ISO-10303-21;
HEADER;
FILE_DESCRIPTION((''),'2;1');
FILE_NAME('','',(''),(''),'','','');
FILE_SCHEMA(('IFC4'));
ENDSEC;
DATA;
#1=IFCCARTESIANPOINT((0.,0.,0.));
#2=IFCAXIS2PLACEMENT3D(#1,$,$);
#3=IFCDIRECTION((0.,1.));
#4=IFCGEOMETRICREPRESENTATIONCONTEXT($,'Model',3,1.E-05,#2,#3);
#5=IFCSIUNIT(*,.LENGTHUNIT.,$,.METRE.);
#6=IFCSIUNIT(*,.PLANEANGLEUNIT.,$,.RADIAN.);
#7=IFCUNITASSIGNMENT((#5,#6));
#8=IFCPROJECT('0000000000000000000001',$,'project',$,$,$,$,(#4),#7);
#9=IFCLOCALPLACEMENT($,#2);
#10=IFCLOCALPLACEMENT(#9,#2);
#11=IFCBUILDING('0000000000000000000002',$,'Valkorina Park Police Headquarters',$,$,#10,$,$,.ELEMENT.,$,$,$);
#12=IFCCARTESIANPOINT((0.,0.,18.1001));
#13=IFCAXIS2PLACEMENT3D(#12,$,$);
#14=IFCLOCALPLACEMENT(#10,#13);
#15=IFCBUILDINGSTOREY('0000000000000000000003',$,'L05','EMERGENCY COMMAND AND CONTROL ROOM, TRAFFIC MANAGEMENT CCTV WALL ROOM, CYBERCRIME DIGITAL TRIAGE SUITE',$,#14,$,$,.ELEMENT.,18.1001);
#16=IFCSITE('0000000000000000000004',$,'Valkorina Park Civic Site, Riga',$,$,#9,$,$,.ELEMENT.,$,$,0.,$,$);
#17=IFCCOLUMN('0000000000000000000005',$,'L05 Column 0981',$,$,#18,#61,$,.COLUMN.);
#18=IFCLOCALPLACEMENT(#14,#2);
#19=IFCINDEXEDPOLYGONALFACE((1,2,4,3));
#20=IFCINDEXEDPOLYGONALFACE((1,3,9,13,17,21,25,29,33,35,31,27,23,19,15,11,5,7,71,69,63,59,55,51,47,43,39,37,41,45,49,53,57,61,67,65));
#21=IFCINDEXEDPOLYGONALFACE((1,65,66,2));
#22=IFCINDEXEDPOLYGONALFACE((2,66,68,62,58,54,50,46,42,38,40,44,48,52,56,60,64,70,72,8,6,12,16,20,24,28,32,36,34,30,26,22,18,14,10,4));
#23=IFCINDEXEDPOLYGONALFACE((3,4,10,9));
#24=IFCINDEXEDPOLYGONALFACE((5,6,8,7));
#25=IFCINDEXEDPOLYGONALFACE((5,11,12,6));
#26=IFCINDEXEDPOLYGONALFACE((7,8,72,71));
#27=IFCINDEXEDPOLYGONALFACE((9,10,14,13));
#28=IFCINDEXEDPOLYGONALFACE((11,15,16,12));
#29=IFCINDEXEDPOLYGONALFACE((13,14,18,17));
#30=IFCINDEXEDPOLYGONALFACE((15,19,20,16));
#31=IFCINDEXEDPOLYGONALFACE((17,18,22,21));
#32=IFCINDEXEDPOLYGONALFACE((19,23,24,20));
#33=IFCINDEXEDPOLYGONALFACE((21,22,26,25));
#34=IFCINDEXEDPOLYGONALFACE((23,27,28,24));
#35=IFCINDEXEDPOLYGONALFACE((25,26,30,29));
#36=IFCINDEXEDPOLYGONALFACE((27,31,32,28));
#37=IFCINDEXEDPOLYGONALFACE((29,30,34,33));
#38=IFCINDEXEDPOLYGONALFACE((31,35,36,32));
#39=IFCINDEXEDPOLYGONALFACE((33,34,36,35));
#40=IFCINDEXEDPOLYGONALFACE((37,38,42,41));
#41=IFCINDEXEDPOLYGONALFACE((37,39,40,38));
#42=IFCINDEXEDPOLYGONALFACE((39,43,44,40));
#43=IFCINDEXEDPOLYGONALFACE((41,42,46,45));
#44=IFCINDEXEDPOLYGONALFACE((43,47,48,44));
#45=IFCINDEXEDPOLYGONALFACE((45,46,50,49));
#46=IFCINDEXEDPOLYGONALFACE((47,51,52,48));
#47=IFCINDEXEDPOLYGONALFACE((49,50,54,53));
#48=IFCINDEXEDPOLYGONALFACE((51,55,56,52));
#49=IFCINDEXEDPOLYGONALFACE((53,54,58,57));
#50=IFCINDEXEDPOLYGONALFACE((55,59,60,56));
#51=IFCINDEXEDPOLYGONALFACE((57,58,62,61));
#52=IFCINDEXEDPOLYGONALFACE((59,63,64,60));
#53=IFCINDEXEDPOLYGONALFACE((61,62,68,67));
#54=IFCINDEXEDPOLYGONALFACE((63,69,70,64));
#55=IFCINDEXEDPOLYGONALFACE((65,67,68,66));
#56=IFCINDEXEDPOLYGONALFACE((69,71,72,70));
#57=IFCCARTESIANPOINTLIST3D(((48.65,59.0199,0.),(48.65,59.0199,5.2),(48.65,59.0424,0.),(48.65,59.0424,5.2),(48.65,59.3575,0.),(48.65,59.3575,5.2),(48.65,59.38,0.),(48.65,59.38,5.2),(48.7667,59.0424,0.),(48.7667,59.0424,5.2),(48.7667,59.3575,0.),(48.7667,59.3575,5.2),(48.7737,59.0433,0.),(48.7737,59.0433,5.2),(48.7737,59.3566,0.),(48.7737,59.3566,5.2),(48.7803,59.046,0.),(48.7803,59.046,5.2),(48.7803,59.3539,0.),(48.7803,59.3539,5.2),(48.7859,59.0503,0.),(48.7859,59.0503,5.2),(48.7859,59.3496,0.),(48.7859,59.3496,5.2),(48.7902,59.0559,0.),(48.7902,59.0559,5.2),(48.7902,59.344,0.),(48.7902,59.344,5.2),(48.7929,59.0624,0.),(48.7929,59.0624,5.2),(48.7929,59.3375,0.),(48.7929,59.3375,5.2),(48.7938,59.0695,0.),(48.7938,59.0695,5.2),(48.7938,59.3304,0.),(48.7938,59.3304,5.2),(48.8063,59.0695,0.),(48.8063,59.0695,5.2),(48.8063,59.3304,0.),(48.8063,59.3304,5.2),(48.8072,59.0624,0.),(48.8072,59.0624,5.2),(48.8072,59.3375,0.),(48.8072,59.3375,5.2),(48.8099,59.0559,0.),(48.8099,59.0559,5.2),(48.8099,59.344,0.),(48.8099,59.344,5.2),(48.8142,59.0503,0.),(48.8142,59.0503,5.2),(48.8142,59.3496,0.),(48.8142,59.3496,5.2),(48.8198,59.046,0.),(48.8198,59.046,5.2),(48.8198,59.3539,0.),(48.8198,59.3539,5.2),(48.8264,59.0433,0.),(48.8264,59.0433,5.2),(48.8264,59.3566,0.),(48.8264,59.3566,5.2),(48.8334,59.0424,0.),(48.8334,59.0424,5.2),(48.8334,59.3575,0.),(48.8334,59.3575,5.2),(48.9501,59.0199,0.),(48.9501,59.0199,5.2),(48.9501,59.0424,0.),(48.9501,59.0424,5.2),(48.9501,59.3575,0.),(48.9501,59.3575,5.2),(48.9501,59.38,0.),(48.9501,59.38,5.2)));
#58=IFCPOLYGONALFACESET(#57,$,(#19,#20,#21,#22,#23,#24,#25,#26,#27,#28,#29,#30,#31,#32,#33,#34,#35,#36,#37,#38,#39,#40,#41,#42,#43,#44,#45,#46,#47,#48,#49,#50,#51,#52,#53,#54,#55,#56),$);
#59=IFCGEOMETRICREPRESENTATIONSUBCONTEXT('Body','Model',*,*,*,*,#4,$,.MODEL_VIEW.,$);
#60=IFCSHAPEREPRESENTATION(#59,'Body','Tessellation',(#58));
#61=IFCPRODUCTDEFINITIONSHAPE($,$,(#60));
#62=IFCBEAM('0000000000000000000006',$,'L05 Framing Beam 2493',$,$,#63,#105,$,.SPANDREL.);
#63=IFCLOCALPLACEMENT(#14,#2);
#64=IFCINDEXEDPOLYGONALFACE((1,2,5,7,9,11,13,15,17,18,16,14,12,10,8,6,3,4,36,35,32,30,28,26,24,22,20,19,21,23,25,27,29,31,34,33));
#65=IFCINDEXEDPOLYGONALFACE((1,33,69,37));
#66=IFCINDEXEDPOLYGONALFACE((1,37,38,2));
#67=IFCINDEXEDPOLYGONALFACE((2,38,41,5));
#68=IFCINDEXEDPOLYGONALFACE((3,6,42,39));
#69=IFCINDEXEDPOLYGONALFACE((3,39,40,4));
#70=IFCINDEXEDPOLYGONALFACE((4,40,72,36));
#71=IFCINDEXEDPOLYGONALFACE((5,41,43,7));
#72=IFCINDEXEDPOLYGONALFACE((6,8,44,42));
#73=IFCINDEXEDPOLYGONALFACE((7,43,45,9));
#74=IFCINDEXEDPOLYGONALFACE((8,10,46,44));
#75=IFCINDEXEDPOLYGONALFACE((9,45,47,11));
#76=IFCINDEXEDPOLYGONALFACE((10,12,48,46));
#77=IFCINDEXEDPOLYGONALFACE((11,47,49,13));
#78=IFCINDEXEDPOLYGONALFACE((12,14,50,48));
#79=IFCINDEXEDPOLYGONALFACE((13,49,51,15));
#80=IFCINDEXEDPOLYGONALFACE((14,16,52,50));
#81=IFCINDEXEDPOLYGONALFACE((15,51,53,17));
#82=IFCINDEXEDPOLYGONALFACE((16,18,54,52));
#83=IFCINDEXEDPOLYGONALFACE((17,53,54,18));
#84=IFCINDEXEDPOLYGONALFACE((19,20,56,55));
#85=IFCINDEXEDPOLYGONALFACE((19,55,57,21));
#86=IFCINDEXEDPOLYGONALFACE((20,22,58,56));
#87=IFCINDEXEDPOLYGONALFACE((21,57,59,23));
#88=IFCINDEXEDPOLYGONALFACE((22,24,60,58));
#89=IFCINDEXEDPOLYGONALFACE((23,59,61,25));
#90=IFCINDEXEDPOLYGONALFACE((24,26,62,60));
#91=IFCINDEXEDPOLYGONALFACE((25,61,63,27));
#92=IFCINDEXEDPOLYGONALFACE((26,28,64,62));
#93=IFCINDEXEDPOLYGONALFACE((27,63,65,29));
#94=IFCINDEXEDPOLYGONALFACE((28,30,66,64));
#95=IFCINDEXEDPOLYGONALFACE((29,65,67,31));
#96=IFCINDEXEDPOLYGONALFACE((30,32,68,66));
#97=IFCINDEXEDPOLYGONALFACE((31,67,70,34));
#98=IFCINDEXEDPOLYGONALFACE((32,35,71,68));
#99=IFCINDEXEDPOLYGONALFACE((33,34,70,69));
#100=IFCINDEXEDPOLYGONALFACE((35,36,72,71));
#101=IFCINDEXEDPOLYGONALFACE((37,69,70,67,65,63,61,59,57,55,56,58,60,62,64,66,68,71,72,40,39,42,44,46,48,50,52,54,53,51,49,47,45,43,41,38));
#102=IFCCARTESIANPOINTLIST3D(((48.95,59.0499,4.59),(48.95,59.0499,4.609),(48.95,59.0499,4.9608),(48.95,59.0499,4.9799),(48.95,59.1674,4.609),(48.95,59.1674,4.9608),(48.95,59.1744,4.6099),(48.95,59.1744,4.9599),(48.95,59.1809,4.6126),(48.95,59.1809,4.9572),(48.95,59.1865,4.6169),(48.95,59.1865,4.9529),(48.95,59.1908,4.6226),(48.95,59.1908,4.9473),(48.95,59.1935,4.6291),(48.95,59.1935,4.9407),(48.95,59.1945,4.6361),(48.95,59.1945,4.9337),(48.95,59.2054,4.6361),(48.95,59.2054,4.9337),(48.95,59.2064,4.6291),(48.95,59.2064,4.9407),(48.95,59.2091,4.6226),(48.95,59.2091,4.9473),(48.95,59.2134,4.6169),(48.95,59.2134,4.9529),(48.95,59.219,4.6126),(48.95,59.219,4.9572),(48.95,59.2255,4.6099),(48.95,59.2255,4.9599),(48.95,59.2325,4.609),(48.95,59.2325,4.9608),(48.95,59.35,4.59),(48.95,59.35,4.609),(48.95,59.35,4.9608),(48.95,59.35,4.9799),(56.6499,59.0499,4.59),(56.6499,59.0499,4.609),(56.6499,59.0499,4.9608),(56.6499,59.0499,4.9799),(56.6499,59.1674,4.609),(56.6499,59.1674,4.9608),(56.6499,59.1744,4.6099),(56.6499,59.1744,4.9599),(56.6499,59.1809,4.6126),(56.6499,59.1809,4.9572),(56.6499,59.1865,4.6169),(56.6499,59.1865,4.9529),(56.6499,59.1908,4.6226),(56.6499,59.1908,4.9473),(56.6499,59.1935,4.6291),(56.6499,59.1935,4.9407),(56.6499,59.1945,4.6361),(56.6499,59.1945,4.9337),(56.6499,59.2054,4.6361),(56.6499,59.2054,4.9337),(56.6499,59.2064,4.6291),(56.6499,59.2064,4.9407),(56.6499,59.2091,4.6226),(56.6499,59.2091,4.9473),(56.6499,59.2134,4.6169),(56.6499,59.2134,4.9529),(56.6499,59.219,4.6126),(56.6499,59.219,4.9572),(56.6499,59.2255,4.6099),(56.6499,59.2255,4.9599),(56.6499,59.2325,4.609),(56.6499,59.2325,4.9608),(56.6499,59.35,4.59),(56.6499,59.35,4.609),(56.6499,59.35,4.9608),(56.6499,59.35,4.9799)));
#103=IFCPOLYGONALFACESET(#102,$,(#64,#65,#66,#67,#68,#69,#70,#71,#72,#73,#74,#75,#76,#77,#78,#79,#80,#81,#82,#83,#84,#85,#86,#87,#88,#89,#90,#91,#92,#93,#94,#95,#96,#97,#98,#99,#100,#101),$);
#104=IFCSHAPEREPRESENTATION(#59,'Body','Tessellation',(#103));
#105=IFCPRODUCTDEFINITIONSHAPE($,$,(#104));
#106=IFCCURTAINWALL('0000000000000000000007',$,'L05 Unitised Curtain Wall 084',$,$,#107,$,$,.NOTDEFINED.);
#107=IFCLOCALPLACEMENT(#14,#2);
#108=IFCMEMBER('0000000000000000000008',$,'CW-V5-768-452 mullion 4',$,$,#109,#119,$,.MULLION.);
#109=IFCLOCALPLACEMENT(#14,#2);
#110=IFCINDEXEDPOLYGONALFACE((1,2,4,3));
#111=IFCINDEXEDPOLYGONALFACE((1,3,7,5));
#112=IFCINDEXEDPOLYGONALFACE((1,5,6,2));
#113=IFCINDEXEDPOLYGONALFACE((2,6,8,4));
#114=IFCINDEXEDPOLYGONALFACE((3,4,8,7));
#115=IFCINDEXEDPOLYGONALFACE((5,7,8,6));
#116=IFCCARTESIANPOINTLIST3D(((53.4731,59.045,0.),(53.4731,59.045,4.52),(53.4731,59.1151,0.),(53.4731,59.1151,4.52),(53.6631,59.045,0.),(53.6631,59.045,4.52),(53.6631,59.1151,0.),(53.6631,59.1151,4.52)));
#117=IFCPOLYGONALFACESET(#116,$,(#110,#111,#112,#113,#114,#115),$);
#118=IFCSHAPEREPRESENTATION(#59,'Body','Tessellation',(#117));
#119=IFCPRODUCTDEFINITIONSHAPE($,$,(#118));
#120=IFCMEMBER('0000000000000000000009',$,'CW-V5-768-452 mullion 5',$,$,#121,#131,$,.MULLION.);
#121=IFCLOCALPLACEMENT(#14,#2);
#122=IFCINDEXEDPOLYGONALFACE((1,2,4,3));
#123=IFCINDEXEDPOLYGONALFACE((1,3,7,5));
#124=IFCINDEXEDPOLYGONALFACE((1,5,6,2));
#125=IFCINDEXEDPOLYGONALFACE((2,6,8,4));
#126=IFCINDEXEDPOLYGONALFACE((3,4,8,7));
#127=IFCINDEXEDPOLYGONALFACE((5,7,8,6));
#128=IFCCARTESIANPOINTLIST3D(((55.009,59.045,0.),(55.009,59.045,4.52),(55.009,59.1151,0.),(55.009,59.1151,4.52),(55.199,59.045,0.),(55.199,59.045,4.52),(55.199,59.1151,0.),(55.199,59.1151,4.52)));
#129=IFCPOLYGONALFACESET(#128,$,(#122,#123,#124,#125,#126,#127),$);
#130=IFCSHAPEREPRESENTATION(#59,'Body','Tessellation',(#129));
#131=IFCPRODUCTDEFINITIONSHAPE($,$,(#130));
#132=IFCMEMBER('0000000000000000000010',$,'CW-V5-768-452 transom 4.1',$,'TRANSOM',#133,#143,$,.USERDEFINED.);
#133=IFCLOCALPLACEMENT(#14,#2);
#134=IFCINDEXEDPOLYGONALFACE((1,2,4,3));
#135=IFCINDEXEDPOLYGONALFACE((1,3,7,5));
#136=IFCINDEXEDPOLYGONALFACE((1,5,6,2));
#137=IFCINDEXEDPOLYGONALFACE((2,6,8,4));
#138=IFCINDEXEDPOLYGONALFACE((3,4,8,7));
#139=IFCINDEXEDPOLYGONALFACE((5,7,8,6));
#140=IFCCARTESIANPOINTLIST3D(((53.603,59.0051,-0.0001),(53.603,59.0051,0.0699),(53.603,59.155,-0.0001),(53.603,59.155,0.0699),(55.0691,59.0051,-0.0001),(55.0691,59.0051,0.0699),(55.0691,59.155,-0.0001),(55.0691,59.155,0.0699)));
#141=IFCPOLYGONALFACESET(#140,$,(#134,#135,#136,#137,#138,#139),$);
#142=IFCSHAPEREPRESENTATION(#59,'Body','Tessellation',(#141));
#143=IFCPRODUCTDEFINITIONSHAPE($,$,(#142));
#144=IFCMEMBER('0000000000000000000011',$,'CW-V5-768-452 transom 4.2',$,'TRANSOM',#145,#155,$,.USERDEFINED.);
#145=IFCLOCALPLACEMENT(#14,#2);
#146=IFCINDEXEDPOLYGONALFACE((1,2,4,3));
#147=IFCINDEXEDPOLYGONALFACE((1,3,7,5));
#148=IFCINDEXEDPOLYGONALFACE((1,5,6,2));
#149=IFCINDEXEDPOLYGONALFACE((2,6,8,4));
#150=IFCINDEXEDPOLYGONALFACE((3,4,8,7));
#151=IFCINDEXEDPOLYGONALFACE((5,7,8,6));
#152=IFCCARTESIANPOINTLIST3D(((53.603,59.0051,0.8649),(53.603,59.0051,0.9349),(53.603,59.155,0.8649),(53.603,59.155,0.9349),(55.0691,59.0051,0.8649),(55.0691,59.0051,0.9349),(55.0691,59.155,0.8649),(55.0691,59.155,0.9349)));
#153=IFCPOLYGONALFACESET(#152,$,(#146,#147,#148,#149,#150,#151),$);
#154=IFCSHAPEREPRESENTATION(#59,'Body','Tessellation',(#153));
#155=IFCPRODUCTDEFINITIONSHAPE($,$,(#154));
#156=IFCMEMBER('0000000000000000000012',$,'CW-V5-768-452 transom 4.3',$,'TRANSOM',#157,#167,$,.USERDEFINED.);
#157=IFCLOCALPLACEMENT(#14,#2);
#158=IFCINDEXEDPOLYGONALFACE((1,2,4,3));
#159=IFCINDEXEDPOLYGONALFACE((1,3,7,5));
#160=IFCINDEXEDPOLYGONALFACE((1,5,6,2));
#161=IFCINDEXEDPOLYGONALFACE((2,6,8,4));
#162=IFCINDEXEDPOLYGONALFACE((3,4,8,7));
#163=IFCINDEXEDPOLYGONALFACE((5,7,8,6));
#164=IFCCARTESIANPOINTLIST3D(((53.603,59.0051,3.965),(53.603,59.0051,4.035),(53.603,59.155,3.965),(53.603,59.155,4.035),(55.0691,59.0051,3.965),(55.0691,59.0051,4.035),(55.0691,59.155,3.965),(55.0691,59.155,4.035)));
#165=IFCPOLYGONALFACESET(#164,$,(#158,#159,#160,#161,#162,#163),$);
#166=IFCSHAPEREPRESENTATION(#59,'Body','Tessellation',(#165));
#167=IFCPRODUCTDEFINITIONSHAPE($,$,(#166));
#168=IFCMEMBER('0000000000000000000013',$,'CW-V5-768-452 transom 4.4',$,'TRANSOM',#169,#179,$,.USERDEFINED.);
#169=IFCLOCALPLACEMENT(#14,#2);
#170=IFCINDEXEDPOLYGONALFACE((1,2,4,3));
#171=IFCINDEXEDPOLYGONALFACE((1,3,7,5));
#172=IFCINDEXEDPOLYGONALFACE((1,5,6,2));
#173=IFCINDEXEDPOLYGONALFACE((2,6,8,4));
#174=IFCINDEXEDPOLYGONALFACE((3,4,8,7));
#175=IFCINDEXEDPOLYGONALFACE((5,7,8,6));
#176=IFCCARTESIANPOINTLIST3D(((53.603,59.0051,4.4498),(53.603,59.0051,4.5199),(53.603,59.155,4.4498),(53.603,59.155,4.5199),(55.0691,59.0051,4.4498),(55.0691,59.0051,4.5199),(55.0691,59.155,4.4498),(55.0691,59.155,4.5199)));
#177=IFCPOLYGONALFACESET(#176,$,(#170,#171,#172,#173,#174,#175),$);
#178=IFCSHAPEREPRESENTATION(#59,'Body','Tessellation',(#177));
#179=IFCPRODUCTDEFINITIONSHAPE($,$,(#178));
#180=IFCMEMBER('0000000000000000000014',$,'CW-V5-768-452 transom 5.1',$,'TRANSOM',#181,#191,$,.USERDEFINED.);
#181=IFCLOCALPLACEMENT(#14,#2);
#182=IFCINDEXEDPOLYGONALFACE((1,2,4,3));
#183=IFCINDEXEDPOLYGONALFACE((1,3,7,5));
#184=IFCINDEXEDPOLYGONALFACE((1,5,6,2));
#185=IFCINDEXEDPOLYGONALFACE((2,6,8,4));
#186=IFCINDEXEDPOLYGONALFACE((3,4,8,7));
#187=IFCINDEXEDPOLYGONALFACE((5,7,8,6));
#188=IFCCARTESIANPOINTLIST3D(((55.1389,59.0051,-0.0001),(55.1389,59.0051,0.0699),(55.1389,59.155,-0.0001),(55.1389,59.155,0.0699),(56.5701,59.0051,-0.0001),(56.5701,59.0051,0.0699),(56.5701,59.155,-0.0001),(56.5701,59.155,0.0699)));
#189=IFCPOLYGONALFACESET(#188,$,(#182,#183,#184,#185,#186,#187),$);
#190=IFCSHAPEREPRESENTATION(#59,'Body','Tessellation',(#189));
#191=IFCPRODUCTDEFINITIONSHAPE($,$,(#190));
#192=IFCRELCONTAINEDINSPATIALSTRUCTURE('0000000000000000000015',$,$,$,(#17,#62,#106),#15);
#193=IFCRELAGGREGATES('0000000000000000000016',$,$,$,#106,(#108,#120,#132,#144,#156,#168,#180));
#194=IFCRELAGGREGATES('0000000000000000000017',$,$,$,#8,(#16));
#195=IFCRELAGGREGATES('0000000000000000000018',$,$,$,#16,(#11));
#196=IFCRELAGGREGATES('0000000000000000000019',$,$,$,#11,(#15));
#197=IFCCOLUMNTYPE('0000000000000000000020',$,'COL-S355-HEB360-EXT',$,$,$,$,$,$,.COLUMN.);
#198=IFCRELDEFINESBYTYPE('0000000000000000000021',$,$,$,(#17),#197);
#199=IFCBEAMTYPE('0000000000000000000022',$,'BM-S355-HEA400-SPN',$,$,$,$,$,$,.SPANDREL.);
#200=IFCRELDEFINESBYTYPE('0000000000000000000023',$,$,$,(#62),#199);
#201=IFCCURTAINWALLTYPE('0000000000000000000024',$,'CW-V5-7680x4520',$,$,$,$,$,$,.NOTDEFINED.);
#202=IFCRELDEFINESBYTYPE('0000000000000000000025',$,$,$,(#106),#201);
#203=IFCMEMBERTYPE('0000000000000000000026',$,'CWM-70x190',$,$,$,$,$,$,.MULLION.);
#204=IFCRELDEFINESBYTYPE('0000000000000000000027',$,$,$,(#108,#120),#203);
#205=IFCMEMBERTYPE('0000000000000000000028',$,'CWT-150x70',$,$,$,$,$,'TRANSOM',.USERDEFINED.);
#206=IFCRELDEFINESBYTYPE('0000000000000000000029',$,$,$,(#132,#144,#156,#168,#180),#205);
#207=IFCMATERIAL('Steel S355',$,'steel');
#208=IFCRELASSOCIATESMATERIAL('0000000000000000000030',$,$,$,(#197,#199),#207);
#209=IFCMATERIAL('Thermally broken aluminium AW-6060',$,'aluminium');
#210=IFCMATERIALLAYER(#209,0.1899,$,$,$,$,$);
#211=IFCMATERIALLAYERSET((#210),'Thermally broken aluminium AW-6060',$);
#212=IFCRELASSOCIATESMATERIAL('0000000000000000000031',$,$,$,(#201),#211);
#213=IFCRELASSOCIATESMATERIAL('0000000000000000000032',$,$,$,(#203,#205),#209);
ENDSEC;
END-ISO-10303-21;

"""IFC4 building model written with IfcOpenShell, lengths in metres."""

from ifc_helpers import new_model, si_unit, direction, frame, origin, origin_2d, place, context, subcontext, project, spatial, rectangle, i_section, extrude, material, layer, layer_set, material_profile, profile_set, type_object, element, aggregate, save


model = new_model("IFC4")

# Units and contexts
model_context = context("Model", 3, precision=1e-05, world=origin(), true_north=direction((0.0, 1.0)))
body_context = subcontext(model_context, "Body", "Model", "MODEL_VIEW")
ifc_project = project(units=[si_unit("LENGTHUNIT", "METRE"), si_unit("PLANEANGLEUNIT", "RADIAN")], contexts=[model_context])

# Site, building, storey
site_placement = place(None, origin())
site = spatial("IfcSite", under=ifc_project, at=site_placement, Name="Valkorina Park Civic Site, Riga", CompositionType="ELEMENT", RefElevation=0.0)
building_placement = place(site_placement, origin())
building = spatial("IfcBuilding", under=site, at=building_placement, Name="Valkorina Park Police Headquarters", CompositionType="ELEMENT")
storey_placement = place(building_placement, frame((0.0, 0.0, 18.1001)))
storey = spatial("IfcBuildingStorey", under=building, at=storey_placement, Name="L05", Description="EMERGENCY COMMAND AND CONTROL ROOM, TRAFFIC MANAGEMENT CCTV WALL ROOM, CYBERCRIME DIGITAL TRIAGE SUITE", CompositionType="ELEMENT", Elevation=18.1001)

# Column
ifc_material_1 = material(Name="Steel S355", Category="steel")
ifc_material_profile_1 = material_profile(ifc_material_1, i_section(OverallWidth=0.3, OverallDepth=0.3601, WebThickness=0.0125, FlangeThickness=0.0225, FilletRadius=0.0271, at=origin_2d()), Name="HEB 360")
ifc_profile_set_1 = profile_set([ifc_material_profile_1], Name="Steel S355")
column_type = type_object("IfcColumnType", Name="COL-S355-HEB360-EXT", PredefinedType="COLUMN", material=ifc_profile_set_1)
column_placement = place(storey_placement, frame((48.8, 59.2, 0.0), z_axis=(0.0, 0.0, 1.0), x_axis=(1.0, 0.0, 0.0)))
element("IfcColumn", 1, at=column_placement, inside=storey, type_object=column_type, Name="L05 Column 0981", PredefinedType="COLUMN", context=body_context, shape_type="SweptSolid", body=[
    extrude(i_section(OverallWidth=0.3, OverallDepth=0.3601, WebThickness=0.0125, FlangeThickness=0.0225, FilletRadius=0.0271, at=origin_2d()), origin(), (0.0, 0.0, 1.0), 5.2),
])

# Beam
ifc_material_profile_2 = material_profile(ifc_material_1, i_section(OverallWidth=0.3, OverallDepth=0.3899, WebThickness=0.011, FlangeThickness=0.019, FilletRadius=0.0271, at=origin_2d()), Name="HEA 400")
ifc_profile_set_2 = profile_set([ifc_material_profile_2], Name="Steel S355")
beam_type = type_object("IfcBeamType", Name="BM-S355-HEA400-SPN", PredefinedType="SPANDREL", material=ifc_profile_set_2)
beam_placement = place(storey_placement, frame((48.95, 59.2, 4.7849), z_axis=(1.0, 0.0, 0.0), x_axis=(0.0, 1.0, 0.0)))
element("IfcBeam", 2, at=beam_placement, inside=storey, type_object=beam_type, Name="L05 Framing Beam 2493", PredefinedType="SPANDREL", context=body_context, shape_type="SweptSolid", body=[
    extrude(i_section(OverallWidth=0.3, OverallDepth=0.3899, WebThickness=0.011, FlangeThickness=0.019, FilletRadius=0.0271, at=origin_2d()), origin(), (0.0, 0.0, 1.0), 7.7),
])

# Curtain wall, members
ifc_material_2 = material(Name="Thermally broken aluminium AW-6060", Category="aluminium")
ifc_layer_1 = layer(ifc_material_2, 0.1899)
ifc_layer_set_1 = layer_set([ifc_layer_1], Name="Thermally broken aluminium AW-6060")
curtain_wall_type = type_object("IfcCurtainWallType", Name="CW-V5-7680x4520", PredefinedType="NOTDEFINED", material=ifc_layer_set_1)
curtain_wall_placement = place(storey_placement, origin())
curtain_wall = element("IfcCurtainWall", 3, at=curtain_wall_placement, inside=storey, type_object=curtain_wall_type, Name="L05 Unitised Curtain Wall 084", PredefinedType="NOTDEFINED")
ifc_material_profile_3 = material_profile(ifc_material_2, rectangle(XDim=0.0701, YDim=0.1899, at=origin_2d()), Name="CWM-02 70x190")
ifc_profile_set_3 = profile_set([ifc_material_profile_3], Name="Thermally broken aluminium AW-6060")
member_type_1 = type_object("IfcMemberType", Name="CWM-70x190", PredefinedType="MULLION", material=ifc_profile_set_3)
member_1_placement = place(storey_placement, frame((53.5681, 59.0801, 0.0), z_axis=(0.0, 0.0, 1.0), x_axis=(0.0, 1.0, 0.0)))
member_1 = element("IfcMember", 4, at=member_1_placement, type_object=member_type_1, Name="CW-V5-768-452 mullion 4", PredefinedType="MULLION", context=body_context, shape_type="SweptSolid", body=[
    extrude(rectangle(XDim=0.0701, YDim=0.1899, at=origin_2d()), origin(), (0.0, 0.0, 1.0), 4.52),
])
member_2_placement = place(storey_placement, frame((55.104, 59.0801, 0.0), z_axis=(0.0, 0.0, 1.0), x_axis=(0.0, 1.0, 0.0)))
member_2 = element("IfcMember", 5, at=member_2_placement, type_object=member_type_1, Name="CW-V5-768-452 mullion 5", PredefinedType="MULLION", context=body_context, shape_type="SweptSolid", body=[
    extrude(rectangle(XDim=0.0701, YDim=0.1899, at=origin_2d()), origin(), (0.0, 0.0, 1.0), 4.52),
])
ifc_material_profile_4 = material_profile(ifc_material_2, rectangle(XDim=0.1499, YDim=0.0701, at=origin_2d()), Name="CWT-02 150x70")
ifc_profile_set_4 = profile_set([ifc_material_profile_4], Name="Thermally broken aluminium AW-6060")
member_type_2 = type_object("IfcMemberType", Name="CWT-150x70", ElementType="TRANSOM", PredefinedType="USERDEFINED", material=ifc_profile_set_4)
member_3_placement = place(storey_placement, frame((53.603, 59.0801, 0.0349), z_axis=(1.0, 0.0, 0.0), x_axis=(0.0, 1.0, 0.0)))
member_3 = element("IfcMember", 6, at=member_3_placement, type_object=member_type_2, Name="CW-V5-768-452 transom 4.1", ObjectType="TRANSOM", PredefinedType="USERDEFINED", context=body_context, shape_type="SweptSolid", body=[
    extrude(rectangle(XDim=0.1499, YDim=0.0701, at=origin_2d()), origin(), (0.0, 0.0, 1.0), 1.4661),
])
member_4_placement = place(storey_placement, frame((53.603, 59.0801, 0.8999), z_axis=(1.0, 0.0, 0.0), x_axis=(0.0, 1.0, 0.0)))
member_4 = element("IfcMember", 7, at=member_4_placement, type_object=member_type_2, Name="CW-V5-768-452 transom 4.2", ObjectType="TRANSOM", PredefinedType="USERDEFINED", context=body_context, shape_type="SweptSolid", body=[
    extrude(rectangle(XDim=0.1499, YDim=0.0701, at=origin_2d()), origin(), (0.0, 0.0, 1.0), 1.4661),
])
member_5_placement = place(storey_placement, frame((53.603, 59.0801, 4.0), z_axis=(1.0, 0.0, 0.0), x_axis=(0.0, 1.0, 0.0)))
member_5 = element("IfcMember", 8, at=member_5_placement, type_object=member_type_2, Name="CW-V5-768-452 transom 4.3", ObjectType="TRANSOM", PredefinedType="USERDEFINED", context=body_context, shape_type="SweptSolid", body=[
    extrude(rectangle(XDim=0.1499, YDim=0.0701, at=origin_2d()), origin(), (0.0, 0.0, 1.0), 1.4661),
])
member_6_placement = place(storey_placement, frame((53.603, 59.0801, 4.4849), z_axis=(1.0, 0.0, 0.0), x_axis=(0.0, 1.0, 0.0)))
member_6 = element("IfcMember", 9, at=member_6_placement, type_object=member_type_2, Name="CW-V5-768-452 transom 4.4", ObjectType="TRANSOM", PredefinedType="USERDEFINED", context=body_context, shape_type="SweptSolid", body=[
    extrude(rectangle(XDim=0.1499, YDim=0.0701, at=origin_2d()), origin(), (0.0, 0.0, 1.0), 1.4661),
])
member_7_placement = place(storey_placement, frame((55.1389, 59.0801, 0.0349), z_axis=(1.0, 0.0, 0.0), x_axis=(0.0, 1.0, 0.0)))
member_7 = element("IfcMember", 10, at=member_7_placement, type_object=member_type_2, Name="CW-V5-768-452 transom 5.1", ObjectType="TRANSOM", PredefinedType="USERDEFINED", context=body_context, shape_type="SweptSolid", body=[
    extrude(rectangle(XDim=0.1499, YDim=0.0701, at=origin_2d()), origin(), (0.0, 0.0, 1.0), 1.4312),
])
aggregate(curtain_wall, [member_1, member_2, member_3, member_4, member_5, member_6, member_7])

save(model, "model.ifc")
